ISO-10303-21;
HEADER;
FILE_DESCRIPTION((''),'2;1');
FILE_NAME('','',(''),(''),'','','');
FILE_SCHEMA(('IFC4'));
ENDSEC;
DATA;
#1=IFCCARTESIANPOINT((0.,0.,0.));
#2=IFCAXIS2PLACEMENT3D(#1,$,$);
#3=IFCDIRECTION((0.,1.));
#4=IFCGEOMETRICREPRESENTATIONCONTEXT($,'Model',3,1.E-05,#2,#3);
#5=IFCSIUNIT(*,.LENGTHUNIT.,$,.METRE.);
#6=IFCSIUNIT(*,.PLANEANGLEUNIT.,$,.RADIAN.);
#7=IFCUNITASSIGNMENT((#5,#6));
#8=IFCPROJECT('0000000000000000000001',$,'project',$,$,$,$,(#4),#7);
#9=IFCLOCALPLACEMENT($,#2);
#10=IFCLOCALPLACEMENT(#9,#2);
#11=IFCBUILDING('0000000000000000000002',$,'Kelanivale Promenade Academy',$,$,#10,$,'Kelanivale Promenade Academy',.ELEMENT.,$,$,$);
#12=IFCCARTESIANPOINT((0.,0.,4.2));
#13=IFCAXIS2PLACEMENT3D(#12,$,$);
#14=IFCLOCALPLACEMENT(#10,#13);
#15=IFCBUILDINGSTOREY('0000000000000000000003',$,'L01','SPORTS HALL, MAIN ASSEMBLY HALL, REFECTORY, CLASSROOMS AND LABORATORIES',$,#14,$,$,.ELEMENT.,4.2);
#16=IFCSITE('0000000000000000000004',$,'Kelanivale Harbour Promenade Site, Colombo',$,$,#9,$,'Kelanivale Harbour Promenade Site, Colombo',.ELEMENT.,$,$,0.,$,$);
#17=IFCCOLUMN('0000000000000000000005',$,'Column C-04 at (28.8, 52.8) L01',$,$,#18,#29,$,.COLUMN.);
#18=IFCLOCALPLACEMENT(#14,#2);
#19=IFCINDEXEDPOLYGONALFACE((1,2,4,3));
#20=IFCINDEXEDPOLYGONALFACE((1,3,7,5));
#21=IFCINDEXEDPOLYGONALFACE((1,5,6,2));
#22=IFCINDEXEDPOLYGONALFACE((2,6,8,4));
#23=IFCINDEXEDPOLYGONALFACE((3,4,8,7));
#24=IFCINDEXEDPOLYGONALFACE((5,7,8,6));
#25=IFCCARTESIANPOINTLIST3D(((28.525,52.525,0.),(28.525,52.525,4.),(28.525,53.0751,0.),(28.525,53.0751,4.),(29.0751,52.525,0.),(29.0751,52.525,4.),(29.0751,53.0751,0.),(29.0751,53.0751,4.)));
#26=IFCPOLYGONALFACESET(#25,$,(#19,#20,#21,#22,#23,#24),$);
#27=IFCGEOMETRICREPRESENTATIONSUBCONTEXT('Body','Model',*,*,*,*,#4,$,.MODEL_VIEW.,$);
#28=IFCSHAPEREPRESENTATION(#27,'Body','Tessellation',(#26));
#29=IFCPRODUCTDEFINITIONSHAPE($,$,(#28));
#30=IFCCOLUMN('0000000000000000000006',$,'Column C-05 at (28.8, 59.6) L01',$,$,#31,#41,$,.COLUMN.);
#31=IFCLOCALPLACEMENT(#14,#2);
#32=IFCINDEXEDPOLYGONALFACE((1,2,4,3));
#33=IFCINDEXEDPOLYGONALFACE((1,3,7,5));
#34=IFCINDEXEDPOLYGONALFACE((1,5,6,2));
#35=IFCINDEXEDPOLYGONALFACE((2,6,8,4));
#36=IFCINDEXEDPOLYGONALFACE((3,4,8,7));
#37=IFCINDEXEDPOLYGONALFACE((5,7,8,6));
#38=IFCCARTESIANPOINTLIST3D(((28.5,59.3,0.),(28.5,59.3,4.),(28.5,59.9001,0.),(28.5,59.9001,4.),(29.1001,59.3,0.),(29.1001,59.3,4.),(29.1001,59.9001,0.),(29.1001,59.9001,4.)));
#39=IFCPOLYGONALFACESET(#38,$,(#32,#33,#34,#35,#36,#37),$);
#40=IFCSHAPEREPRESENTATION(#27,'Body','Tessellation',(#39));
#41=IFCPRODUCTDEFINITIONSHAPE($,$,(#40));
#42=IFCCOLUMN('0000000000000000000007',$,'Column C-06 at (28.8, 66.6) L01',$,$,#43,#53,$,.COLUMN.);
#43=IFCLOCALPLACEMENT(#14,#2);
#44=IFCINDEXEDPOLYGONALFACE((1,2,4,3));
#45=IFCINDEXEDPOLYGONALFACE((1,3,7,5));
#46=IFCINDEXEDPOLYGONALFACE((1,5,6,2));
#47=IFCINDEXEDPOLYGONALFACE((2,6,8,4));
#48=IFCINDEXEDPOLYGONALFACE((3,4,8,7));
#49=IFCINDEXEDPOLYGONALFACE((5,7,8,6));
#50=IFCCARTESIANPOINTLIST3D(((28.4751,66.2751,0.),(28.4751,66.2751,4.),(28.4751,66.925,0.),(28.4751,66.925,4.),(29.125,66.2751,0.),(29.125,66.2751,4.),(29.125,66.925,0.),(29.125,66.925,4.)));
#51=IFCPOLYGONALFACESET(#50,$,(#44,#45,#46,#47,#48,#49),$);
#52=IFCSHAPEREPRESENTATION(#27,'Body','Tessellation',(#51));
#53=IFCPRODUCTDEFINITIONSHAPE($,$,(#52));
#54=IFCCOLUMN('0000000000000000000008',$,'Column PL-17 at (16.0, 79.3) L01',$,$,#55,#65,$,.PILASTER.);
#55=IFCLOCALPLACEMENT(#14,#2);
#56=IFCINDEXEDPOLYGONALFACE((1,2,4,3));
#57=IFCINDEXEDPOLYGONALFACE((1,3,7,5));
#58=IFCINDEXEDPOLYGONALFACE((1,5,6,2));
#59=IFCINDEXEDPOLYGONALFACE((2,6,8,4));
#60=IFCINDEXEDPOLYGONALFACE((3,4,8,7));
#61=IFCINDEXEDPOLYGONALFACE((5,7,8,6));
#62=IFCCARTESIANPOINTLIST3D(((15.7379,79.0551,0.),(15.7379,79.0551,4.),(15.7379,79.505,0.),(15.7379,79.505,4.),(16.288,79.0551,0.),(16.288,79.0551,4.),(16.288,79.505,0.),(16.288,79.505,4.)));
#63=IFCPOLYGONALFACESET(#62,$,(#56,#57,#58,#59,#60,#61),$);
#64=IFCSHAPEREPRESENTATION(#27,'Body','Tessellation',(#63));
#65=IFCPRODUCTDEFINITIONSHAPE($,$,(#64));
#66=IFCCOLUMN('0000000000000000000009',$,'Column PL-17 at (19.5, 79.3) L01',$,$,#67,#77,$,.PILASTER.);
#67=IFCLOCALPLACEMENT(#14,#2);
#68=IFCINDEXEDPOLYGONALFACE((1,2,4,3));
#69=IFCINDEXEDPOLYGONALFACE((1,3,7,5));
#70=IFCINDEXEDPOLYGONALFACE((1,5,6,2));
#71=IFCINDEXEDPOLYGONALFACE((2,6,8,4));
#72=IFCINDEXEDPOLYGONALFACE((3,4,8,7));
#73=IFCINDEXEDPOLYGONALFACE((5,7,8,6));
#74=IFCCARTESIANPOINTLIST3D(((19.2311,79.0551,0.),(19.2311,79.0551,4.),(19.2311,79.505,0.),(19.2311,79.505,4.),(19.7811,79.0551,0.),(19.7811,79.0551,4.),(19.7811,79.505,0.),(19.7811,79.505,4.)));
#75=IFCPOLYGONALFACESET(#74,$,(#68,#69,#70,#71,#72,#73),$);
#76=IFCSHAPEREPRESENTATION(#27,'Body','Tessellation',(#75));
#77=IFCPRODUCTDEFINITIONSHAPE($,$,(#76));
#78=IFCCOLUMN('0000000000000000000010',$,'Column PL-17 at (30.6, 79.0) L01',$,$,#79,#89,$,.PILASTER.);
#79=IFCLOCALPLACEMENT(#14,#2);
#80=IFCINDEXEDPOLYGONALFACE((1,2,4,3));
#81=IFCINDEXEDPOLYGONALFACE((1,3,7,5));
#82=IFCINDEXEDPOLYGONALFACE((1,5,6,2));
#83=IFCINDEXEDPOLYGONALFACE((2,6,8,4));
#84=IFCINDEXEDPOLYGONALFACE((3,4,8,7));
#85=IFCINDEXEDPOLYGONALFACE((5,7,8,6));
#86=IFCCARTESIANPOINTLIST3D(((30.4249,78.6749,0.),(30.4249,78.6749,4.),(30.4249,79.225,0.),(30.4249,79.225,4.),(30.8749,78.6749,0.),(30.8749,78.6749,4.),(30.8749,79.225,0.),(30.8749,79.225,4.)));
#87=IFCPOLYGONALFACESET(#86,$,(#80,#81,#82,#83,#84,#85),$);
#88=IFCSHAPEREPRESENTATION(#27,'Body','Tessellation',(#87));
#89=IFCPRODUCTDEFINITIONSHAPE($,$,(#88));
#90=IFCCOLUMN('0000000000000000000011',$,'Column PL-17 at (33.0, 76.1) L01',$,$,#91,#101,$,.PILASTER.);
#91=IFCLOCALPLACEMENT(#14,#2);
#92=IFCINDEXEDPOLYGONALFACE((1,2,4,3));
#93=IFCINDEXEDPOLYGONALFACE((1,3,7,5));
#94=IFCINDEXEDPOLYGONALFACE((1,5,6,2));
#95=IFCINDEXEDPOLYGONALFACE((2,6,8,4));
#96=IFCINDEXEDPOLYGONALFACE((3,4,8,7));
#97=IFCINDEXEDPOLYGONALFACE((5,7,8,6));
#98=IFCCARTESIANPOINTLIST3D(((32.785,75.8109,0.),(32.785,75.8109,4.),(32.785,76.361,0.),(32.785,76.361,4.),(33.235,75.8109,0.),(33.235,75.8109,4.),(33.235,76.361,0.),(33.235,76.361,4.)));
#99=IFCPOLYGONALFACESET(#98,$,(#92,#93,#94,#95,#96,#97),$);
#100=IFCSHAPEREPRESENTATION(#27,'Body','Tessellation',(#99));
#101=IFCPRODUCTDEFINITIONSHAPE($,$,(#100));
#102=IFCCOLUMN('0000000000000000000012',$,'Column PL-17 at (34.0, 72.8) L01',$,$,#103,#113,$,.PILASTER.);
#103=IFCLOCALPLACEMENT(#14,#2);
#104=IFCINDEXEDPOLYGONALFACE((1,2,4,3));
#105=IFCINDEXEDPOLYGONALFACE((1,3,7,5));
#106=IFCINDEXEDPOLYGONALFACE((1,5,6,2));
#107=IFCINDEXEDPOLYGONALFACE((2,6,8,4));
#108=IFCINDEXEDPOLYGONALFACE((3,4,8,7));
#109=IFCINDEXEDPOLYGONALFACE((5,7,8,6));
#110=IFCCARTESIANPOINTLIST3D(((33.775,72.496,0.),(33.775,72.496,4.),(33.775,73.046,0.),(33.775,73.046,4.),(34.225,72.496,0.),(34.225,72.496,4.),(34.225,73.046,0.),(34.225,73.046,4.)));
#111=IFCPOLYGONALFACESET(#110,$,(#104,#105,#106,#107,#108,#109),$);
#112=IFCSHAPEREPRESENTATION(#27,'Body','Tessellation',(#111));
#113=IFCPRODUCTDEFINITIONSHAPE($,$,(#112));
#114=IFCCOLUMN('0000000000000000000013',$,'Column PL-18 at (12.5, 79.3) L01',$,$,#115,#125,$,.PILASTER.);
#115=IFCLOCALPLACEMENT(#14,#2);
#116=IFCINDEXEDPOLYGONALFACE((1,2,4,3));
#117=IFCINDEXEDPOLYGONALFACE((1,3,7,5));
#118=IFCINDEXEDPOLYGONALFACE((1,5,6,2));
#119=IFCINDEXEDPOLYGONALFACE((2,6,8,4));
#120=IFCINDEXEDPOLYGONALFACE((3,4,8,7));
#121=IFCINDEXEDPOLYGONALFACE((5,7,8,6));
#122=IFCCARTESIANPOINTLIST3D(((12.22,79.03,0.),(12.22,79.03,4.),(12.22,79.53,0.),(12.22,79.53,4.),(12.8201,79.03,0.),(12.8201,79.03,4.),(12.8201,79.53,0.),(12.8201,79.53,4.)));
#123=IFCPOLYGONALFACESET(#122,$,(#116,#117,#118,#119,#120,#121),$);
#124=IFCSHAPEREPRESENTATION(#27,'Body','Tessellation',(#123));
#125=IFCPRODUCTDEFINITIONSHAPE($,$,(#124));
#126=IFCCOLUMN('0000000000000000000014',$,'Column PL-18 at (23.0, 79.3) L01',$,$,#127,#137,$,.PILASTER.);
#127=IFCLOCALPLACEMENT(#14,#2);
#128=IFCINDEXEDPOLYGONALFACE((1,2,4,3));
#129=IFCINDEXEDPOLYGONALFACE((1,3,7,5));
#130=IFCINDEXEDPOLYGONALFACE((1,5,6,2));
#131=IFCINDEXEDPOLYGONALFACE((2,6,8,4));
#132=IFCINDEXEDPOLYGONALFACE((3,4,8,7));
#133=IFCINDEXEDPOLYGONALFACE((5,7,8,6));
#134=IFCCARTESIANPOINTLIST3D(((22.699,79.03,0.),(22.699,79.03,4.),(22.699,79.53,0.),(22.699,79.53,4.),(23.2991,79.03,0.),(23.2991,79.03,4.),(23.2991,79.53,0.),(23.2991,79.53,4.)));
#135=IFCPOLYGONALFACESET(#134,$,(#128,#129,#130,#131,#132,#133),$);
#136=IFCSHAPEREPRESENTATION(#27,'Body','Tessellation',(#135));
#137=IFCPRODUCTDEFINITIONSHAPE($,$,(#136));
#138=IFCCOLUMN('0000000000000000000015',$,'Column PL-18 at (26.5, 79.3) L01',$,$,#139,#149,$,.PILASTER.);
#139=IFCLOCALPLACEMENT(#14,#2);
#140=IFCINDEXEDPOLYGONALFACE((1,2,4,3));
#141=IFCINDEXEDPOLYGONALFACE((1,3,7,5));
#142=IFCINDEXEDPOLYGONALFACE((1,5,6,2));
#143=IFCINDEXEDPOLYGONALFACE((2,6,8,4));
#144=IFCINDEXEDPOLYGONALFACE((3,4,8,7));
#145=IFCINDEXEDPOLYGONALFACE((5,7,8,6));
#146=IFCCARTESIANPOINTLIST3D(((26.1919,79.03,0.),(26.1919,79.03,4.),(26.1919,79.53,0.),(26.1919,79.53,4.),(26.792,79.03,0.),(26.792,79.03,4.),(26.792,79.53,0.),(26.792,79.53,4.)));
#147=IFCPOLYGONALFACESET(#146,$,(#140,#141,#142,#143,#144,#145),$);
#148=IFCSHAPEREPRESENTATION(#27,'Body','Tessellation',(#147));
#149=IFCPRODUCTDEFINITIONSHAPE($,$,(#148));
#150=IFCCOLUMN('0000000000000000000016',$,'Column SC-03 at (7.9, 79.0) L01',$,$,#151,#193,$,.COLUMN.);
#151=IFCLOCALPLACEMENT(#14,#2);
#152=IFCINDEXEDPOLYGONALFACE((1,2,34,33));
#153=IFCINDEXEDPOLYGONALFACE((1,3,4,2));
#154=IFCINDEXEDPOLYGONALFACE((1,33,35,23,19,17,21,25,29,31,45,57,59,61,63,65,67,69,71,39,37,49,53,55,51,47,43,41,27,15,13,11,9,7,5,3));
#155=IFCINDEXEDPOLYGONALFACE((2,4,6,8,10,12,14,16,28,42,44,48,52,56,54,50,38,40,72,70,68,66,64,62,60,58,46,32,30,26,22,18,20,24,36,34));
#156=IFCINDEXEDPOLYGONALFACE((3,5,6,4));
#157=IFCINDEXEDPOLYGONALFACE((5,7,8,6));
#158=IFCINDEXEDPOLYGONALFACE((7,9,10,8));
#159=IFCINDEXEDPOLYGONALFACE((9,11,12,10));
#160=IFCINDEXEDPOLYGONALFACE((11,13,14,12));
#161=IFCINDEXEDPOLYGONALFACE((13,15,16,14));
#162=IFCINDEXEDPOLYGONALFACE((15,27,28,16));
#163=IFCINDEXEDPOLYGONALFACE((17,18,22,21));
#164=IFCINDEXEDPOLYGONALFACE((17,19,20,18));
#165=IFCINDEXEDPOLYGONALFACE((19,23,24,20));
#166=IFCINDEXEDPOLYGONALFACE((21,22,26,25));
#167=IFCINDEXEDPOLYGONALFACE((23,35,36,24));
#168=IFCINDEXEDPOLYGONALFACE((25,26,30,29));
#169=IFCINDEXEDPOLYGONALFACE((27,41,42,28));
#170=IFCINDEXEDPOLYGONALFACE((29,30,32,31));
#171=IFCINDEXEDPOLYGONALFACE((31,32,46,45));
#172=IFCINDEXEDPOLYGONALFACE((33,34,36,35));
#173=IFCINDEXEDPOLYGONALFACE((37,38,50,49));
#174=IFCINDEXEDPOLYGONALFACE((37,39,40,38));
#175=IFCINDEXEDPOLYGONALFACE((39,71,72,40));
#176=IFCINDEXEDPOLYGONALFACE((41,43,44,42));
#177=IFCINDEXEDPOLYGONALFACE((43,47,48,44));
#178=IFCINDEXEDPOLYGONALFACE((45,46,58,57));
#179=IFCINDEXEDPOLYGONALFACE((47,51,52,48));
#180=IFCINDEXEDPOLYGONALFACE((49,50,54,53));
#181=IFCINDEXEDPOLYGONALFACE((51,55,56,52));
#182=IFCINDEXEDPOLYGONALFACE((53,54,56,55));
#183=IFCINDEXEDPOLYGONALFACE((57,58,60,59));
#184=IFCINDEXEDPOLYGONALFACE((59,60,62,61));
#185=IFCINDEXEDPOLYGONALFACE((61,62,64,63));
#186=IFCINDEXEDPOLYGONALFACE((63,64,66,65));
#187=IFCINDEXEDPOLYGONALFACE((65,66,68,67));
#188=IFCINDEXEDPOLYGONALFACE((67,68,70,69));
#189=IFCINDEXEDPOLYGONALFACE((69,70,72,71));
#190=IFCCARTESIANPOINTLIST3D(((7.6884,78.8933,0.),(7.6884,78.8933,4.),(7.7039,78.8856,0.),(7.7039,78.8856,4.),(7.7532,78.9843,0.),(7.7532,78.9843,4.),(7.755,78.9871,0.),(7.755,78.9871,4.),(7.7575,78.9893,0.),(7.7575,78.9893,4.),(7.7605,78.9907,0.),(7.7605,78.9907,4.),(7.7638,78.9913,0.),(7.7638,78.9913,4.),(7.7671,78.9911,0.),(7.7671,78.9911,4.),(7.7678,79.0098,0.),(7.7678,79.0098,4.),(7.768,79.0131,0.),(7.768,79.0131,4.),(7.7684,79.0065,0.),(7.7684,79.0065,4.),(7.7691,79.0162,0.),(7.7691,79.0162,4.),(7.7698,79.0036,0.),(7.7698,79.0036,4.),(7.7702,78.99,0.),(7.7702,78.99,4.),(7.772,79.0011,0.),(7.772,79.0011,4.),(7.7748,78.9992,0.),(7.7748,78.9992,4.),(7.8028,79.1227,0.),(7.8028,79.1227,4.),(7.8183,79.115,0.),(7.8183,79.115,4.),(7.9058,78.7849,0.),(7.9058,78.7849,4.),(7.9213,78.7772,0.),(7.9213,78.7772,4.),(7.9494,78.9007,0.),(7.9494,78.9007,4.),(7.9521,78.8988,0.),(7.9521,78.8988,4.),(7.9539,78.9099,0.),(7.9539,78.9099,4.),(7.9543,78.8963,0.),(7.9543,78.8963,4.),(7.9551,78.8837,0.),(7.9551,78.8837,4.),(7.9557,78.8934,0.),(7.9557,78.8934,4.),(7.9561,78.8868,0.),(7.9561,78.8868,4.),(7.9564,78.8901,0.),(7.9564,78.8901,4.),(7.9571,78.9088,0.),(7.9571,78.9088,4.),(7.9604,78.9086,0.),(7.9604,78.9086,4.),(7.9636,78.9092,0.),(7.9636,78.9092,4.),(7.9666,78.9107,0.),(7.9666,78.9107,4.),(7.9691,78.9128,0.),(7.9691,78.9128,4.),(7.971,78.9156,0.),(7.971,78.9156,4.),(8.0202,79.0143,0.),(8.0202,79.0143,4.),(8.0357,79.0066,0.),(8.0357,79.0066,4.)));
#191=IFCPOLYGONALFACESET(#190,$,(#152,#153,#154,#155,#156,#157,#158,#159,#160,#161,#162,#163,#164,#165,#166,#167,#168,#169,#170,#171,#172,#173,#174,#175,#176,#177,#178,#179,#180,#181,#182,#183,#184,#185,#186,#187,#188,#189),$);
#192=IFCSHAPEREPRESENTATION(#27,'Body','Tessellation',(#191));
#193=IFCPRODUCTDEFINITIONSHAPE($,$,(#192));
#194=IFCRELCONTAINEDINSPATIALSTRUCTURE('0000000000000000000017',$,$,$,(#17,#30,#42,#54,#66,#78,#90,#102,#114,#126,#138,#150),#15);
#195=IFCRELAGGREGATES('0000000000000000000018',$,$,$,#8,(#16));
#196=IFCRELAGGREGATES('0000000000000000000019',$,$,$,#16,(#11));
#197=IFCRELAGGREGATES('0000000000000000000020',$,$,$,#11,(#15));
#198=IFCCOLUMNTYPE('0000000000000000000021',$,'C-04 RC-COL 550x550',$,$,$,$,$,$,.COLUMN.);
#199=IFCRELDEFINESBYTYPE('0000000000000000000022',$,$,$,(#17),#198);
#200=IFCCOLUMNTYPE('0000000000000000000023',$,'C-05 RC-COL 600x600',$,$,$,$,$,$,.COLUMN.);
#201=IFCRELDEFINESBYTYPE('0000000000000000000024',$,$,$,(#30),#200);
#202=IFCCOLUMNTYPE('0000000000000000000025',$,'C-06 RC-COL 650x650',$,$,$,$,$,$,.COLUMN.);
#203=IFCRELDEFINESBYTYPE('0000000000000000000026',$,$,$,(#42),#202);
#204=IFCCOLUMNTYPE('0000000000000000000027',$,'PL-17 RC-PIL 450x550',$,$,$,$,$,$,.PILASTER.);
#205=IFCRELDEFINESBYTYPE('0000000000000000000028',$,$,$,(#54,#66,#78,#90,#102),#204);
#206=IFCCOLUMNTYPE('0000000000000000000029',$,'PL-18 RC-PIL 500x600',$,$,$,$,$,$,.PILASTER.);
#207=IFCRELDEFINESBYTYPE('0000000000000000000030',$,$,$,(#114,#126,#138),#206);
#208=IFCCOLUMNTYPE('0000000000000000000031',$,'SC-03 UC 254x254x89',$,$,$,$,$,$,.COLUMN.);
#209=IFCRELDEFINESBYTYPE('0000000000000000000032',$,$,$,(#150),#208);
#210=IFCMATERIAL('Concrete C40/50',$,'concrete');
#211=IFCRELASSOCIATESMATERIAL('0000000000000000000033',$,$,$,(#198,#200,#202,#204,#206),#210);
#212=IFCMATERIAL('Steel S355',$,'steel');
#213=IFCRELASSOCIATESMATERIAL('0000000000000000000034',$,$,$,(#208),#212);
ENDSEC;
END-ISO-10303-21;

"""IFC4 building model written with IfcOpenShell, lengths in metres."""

from ifc_helpers import new_model, si_unit, direction, frame, origin, origin_2d, place, context, subcontext, project, spatial, rectangle, i_section, extrude, material, material_profile, profile_set, type_object, element, save


model = new_model("IFC4")

# Units and contexts
model_context = context("Model", 3, precision=1e-05, world=origin(), true_north=direction((0.0, 1.0)))
body_context = subcontext(model_context, "Body", "Model", "MODEL_VIEW")
ifc_project = project(units=[si_unit("LENGTHUNIT", "METRE"), si_unit("PLANEANGLEUNIT", "RADIAN")], contexts=[model_context])

# Site, building, storey
site_placement = place(None, origin())
site = spatial("IfcSite", under=ifc_project, at=site_placement, Name="Kelanivale Harbour Promenade Site, Colombo", LongName="Kelanivale Harbour Promenade Site, Colombo", CompositionType="ELEMENT", RefElevation=0.0)
building_placement = place(site_placement, origin())
building = spatial("IfcBuilding", under=site, at=building_placement, Name="Kelanivale Promenade Academy", LongName="Kelanivale Promenade Academy", CompositionType="ELEMENT")
storey_placement = place(building_placement, frame((0.0, 0.0, 4.2)))
storey = spatial("IfcBuildingStorey", under=building, at=storey_placement, Name="L01", Description="SPORTS HALL, MAIN ASSEMBLY HALL, REFECTORY, CLASSROOMS AND LABORATORIES", CompositionType="ELEMENT", Elevation=4.2)

# Columns
ifc_material_1 = material(Name="Concrete C40/50", Category="concrete")
ifc_material_profile_1 = material_profile(ifc_material_1, rectangle(XDim=0.55, YDim=0.55, at=origin_2d()), Name="RC-COL 550x550")
ifc_profile_set_1 = profile_set([ifc_material_profile_1], Name="Concrete C40/50")
column_type_1 = type_object("IfcColumnType", Name="C-04 RC-COL 550x550", PredefinedType="COLUMN", material=ifc_profile_set_1)
column_1_placement = place(storey_placement, frame((28.8, 52.8, 0.0), z_axis=(0.0, 0.0, 1.0), x_axis=(1.0, 0.0, 0.0)))
element("IfcColumn", 1, at=column_1_placement, inside=storey, type_object=column_type_1, Name="Column C-04 at (28.8, 52.8) L01", PredefinedType="COLUMN", context=body_context, shape_type="SweptSolid", body=[
    extrude(rectangle(XDim=0.55, YDim=0.55, at=origin_2d()), origin(), (0.0, 0.0, 1.0), 4.0),
])
ifc_material_profile_2 = material_profile(ifc_material_1, rectangle(XDim=0.6001, YDim=0.6001, at=origin_2d()), Name="RC-COL 600x600")
ifc_profile_set_2 = profile_set([ifc_material_profile_2], Name="Concrete C40/50")
column_type_2 = type_object("IfcColumnType", Name="C-05 RC-COL 600x600", PredefinedType="COLUMN", material=ifc_profile_set_2)
column_2_placement = place(storey_placement, frame((28.8, 59.6001, 0.0), z_axis=(0.0, 0.0, 1.0), x_axis=(1.0, 0.0, 0.0)))
element("IfcColumn", 2, at=column_2_placement, inside=storey, type_object=column_type_2, Name="Column C-05 at (28.8, 59.6) L01", PredefinedType="COLUMN", context=body_context, shape_type="SweptSolid", body=[
    extrude(rectangle(XDim=0.6001, YDim=0.6001, at=origin_2d()), origin(), (0.0, 0.0, 1.0), 4.0),
])
ifc_material_profile_3 = material_profile(ifc_material_1, rectangle(XDim=0.6499, YDim=0.6499, at=origin_2d()), Name="RC-COL 650x650")
ifc_profile_set_3 = profile_set([ifc_material_profile_3], Name="Concrete C40/50")
column_type_3 = type_object("IfcColumnType", Name="C-06 RC-COL 650x650", PredefinedType="COLUMN", material=ifc_profile_set_3)
column_3_placement = place(storey_placement, frame((28.8, 66.6001, 0.0), z_axis=(0.0, 0.0, 1.0), x_axis=(1.0, 0.0, 0.0)))
element("IfcColumn", 3, at=column_3_placement, inside=storey, type_object=column_type_3, Name="Column C-06 at (28.8, 66.6) L01", PredefinedType="COLUMN", context=body_context, shape_type="SweptSolid", body=[
    extrude(rectangle(XDim=0.6499, YDim=0.6499, at=origin_2d()), origin(), (0.0, 0.0, 1.0), 4.0),
])
ifc_material_profile_4 = material_profile(ifc_material_1, rectangle(XDim=0.45, YDim=0.55, at=origin_2d()), Name="RC-PIL 450x550")
ifc_profile_set_4 = profile_set([ifc_material_profile_4], Name="Concrete C40/50")
column_type_4 = type_object("IfcColumnType", Name="PL-17 RC-PIL 450x550", PredefinedType="PILASTER", material=ifc_profile_set_4)
for number, where, z_axis, x_axis, name in (
    (4, (16.0129, 79.28, 0.0), (0.0, 0.0, 1.0), (0.0, 1.0, 0.0), "Column PL-17 at (16.0, 79.3) L01"),
    (5, (19.5061, 79.28, 0.0), (0.0, 0.0, 1.0), (0.0, 1.0, 0.0), "Column PL-17 at (19.5, 79.3) L01"),
    (6, (30.6499, 78.95, 0.0), (0.0, 0.0, 1.0), (1.0, 0.0, 0.0), "Column PL-17 at (30.6, 79.0) L01"),
    (7, (33.01, 76.0859, 0.0), (0.0, 0.0, 1.0), (1.0, 0.0, 0.0), "Column PL-17 at (33.0, 76.1) L01"),
    (8, (34.0, 72.771, 0.0), (0.0, 0.0, 1.0), (1.0, 0.0, 0.0), "Column PL-17 at (34.0, 72.8) L01"),
):
    element("IfcColumn", number, at=place(storey_placement, frame(where, z_axis=z_axis, x_axis=x_axis)), inside=storey, type_object=column_type_4, Name=name, PredefinedType="PILASTER", context=body_context, shape_type="SweptSolid", body=[
        extrude(rectangle(XDim=0.45, YDim=0.55, at=origin_2d()), origin(), (0.0, 0.0, 1.0), 4.0),
    ])
ifc_material_profile_5 = material_profile(ifc_material_1, rectangle(XDim=0.5, YDim=0.6001, at=origin_2d()), Name="RC-PIL 500x600")
ifc_profile_set_5 = profile_set([ifc_material_profile_5], Name="Concrete C40/50")
column_type_5 = type_object("IfcColumnType", Name="PL-18 RC-PIL 500x600", PredefinedType="PILASTER", material=ifc_profile_set_5)
for number, where, z_axis, x_axis, name in (
    (9, (12.52, 79.28, 0.0), (0.0, 0.0, 1.0), (0.0, 1.0, 0.0), "Column PL-18 at (12.5, 79.3) L01"),
    (10, (22.999, 79.28, 0.0), (0.0, 0.0, 1.0), (0.0, 1.0, 0.0), "Column PL-18 at (23.0, 79.3) L01"),
    (11, (26.4919, 79.28, 0.0), (0.0, 0.0, 1.0), (0.0, 1.0, 0.0), "Column PL-18 at (26.5, 79.3) L01"),
):
    element("IfcColumn", number, at=place(storey_placement, frame(where, z_axis=z_axis, x_axis=x_axis)), inside=storey, type_object=column_type_5, Name=name, PredefinedType="PILASTER", context=body_context, shape_type="SweptSolid", body=[
        extrude(rectangle(XDim=0.5, YDim=0.6001, at=origin_2d()), origin(), (0.0, 0.0, 1.0), 4.0),
    ])
ifc_material_2 = material(Name="Steel S355", Category="steel")
ifc_material_profile_6 = material_profile(ifc_material_2, i_section(OverallWidth=0.2563, OverallDepth=0.2603, WebThickness=0.0103, FlangeThickness=0.0173, FilletRadius=0.0127, at=origin_2d()), Name="UC 254x254x89")
ifc_profile_set_6 = profile_set([ifc_material_profile_6], Name="Steel S355")
column_type_6 = type_object("IfcColumnType", Name="SC-03 UC 254x254x89", PredefinedType="COLUMN", material=ifc_profile_set_6)
column_4_placement = place(storey_placement, frame((7.8621, 78.95, 0.0), z_axis=(0.0, 0.0, 1.0), x_axis=(0.446198, 0.894934, 0.0)))
element("IfcColumn", 12, at=column_4_placement, inside=storey, type_object=column_type_6, Name="Column SC-03 at (7.9, 79.0) L01", PredefinedType="COLUMN", context=body_context, shape_type="SweptSolid", body=[
    extrude(i_section(OverallWidth=0.2563, OverallDepth=0.2603, WebThickness=0.0103, FlangeThickness=0.0173, FilletRadius=0.0127, at=origin_2d()), origin(), (0.0, 0.0, 1.0), 4.0),
])

save(model, "model.ifc")
